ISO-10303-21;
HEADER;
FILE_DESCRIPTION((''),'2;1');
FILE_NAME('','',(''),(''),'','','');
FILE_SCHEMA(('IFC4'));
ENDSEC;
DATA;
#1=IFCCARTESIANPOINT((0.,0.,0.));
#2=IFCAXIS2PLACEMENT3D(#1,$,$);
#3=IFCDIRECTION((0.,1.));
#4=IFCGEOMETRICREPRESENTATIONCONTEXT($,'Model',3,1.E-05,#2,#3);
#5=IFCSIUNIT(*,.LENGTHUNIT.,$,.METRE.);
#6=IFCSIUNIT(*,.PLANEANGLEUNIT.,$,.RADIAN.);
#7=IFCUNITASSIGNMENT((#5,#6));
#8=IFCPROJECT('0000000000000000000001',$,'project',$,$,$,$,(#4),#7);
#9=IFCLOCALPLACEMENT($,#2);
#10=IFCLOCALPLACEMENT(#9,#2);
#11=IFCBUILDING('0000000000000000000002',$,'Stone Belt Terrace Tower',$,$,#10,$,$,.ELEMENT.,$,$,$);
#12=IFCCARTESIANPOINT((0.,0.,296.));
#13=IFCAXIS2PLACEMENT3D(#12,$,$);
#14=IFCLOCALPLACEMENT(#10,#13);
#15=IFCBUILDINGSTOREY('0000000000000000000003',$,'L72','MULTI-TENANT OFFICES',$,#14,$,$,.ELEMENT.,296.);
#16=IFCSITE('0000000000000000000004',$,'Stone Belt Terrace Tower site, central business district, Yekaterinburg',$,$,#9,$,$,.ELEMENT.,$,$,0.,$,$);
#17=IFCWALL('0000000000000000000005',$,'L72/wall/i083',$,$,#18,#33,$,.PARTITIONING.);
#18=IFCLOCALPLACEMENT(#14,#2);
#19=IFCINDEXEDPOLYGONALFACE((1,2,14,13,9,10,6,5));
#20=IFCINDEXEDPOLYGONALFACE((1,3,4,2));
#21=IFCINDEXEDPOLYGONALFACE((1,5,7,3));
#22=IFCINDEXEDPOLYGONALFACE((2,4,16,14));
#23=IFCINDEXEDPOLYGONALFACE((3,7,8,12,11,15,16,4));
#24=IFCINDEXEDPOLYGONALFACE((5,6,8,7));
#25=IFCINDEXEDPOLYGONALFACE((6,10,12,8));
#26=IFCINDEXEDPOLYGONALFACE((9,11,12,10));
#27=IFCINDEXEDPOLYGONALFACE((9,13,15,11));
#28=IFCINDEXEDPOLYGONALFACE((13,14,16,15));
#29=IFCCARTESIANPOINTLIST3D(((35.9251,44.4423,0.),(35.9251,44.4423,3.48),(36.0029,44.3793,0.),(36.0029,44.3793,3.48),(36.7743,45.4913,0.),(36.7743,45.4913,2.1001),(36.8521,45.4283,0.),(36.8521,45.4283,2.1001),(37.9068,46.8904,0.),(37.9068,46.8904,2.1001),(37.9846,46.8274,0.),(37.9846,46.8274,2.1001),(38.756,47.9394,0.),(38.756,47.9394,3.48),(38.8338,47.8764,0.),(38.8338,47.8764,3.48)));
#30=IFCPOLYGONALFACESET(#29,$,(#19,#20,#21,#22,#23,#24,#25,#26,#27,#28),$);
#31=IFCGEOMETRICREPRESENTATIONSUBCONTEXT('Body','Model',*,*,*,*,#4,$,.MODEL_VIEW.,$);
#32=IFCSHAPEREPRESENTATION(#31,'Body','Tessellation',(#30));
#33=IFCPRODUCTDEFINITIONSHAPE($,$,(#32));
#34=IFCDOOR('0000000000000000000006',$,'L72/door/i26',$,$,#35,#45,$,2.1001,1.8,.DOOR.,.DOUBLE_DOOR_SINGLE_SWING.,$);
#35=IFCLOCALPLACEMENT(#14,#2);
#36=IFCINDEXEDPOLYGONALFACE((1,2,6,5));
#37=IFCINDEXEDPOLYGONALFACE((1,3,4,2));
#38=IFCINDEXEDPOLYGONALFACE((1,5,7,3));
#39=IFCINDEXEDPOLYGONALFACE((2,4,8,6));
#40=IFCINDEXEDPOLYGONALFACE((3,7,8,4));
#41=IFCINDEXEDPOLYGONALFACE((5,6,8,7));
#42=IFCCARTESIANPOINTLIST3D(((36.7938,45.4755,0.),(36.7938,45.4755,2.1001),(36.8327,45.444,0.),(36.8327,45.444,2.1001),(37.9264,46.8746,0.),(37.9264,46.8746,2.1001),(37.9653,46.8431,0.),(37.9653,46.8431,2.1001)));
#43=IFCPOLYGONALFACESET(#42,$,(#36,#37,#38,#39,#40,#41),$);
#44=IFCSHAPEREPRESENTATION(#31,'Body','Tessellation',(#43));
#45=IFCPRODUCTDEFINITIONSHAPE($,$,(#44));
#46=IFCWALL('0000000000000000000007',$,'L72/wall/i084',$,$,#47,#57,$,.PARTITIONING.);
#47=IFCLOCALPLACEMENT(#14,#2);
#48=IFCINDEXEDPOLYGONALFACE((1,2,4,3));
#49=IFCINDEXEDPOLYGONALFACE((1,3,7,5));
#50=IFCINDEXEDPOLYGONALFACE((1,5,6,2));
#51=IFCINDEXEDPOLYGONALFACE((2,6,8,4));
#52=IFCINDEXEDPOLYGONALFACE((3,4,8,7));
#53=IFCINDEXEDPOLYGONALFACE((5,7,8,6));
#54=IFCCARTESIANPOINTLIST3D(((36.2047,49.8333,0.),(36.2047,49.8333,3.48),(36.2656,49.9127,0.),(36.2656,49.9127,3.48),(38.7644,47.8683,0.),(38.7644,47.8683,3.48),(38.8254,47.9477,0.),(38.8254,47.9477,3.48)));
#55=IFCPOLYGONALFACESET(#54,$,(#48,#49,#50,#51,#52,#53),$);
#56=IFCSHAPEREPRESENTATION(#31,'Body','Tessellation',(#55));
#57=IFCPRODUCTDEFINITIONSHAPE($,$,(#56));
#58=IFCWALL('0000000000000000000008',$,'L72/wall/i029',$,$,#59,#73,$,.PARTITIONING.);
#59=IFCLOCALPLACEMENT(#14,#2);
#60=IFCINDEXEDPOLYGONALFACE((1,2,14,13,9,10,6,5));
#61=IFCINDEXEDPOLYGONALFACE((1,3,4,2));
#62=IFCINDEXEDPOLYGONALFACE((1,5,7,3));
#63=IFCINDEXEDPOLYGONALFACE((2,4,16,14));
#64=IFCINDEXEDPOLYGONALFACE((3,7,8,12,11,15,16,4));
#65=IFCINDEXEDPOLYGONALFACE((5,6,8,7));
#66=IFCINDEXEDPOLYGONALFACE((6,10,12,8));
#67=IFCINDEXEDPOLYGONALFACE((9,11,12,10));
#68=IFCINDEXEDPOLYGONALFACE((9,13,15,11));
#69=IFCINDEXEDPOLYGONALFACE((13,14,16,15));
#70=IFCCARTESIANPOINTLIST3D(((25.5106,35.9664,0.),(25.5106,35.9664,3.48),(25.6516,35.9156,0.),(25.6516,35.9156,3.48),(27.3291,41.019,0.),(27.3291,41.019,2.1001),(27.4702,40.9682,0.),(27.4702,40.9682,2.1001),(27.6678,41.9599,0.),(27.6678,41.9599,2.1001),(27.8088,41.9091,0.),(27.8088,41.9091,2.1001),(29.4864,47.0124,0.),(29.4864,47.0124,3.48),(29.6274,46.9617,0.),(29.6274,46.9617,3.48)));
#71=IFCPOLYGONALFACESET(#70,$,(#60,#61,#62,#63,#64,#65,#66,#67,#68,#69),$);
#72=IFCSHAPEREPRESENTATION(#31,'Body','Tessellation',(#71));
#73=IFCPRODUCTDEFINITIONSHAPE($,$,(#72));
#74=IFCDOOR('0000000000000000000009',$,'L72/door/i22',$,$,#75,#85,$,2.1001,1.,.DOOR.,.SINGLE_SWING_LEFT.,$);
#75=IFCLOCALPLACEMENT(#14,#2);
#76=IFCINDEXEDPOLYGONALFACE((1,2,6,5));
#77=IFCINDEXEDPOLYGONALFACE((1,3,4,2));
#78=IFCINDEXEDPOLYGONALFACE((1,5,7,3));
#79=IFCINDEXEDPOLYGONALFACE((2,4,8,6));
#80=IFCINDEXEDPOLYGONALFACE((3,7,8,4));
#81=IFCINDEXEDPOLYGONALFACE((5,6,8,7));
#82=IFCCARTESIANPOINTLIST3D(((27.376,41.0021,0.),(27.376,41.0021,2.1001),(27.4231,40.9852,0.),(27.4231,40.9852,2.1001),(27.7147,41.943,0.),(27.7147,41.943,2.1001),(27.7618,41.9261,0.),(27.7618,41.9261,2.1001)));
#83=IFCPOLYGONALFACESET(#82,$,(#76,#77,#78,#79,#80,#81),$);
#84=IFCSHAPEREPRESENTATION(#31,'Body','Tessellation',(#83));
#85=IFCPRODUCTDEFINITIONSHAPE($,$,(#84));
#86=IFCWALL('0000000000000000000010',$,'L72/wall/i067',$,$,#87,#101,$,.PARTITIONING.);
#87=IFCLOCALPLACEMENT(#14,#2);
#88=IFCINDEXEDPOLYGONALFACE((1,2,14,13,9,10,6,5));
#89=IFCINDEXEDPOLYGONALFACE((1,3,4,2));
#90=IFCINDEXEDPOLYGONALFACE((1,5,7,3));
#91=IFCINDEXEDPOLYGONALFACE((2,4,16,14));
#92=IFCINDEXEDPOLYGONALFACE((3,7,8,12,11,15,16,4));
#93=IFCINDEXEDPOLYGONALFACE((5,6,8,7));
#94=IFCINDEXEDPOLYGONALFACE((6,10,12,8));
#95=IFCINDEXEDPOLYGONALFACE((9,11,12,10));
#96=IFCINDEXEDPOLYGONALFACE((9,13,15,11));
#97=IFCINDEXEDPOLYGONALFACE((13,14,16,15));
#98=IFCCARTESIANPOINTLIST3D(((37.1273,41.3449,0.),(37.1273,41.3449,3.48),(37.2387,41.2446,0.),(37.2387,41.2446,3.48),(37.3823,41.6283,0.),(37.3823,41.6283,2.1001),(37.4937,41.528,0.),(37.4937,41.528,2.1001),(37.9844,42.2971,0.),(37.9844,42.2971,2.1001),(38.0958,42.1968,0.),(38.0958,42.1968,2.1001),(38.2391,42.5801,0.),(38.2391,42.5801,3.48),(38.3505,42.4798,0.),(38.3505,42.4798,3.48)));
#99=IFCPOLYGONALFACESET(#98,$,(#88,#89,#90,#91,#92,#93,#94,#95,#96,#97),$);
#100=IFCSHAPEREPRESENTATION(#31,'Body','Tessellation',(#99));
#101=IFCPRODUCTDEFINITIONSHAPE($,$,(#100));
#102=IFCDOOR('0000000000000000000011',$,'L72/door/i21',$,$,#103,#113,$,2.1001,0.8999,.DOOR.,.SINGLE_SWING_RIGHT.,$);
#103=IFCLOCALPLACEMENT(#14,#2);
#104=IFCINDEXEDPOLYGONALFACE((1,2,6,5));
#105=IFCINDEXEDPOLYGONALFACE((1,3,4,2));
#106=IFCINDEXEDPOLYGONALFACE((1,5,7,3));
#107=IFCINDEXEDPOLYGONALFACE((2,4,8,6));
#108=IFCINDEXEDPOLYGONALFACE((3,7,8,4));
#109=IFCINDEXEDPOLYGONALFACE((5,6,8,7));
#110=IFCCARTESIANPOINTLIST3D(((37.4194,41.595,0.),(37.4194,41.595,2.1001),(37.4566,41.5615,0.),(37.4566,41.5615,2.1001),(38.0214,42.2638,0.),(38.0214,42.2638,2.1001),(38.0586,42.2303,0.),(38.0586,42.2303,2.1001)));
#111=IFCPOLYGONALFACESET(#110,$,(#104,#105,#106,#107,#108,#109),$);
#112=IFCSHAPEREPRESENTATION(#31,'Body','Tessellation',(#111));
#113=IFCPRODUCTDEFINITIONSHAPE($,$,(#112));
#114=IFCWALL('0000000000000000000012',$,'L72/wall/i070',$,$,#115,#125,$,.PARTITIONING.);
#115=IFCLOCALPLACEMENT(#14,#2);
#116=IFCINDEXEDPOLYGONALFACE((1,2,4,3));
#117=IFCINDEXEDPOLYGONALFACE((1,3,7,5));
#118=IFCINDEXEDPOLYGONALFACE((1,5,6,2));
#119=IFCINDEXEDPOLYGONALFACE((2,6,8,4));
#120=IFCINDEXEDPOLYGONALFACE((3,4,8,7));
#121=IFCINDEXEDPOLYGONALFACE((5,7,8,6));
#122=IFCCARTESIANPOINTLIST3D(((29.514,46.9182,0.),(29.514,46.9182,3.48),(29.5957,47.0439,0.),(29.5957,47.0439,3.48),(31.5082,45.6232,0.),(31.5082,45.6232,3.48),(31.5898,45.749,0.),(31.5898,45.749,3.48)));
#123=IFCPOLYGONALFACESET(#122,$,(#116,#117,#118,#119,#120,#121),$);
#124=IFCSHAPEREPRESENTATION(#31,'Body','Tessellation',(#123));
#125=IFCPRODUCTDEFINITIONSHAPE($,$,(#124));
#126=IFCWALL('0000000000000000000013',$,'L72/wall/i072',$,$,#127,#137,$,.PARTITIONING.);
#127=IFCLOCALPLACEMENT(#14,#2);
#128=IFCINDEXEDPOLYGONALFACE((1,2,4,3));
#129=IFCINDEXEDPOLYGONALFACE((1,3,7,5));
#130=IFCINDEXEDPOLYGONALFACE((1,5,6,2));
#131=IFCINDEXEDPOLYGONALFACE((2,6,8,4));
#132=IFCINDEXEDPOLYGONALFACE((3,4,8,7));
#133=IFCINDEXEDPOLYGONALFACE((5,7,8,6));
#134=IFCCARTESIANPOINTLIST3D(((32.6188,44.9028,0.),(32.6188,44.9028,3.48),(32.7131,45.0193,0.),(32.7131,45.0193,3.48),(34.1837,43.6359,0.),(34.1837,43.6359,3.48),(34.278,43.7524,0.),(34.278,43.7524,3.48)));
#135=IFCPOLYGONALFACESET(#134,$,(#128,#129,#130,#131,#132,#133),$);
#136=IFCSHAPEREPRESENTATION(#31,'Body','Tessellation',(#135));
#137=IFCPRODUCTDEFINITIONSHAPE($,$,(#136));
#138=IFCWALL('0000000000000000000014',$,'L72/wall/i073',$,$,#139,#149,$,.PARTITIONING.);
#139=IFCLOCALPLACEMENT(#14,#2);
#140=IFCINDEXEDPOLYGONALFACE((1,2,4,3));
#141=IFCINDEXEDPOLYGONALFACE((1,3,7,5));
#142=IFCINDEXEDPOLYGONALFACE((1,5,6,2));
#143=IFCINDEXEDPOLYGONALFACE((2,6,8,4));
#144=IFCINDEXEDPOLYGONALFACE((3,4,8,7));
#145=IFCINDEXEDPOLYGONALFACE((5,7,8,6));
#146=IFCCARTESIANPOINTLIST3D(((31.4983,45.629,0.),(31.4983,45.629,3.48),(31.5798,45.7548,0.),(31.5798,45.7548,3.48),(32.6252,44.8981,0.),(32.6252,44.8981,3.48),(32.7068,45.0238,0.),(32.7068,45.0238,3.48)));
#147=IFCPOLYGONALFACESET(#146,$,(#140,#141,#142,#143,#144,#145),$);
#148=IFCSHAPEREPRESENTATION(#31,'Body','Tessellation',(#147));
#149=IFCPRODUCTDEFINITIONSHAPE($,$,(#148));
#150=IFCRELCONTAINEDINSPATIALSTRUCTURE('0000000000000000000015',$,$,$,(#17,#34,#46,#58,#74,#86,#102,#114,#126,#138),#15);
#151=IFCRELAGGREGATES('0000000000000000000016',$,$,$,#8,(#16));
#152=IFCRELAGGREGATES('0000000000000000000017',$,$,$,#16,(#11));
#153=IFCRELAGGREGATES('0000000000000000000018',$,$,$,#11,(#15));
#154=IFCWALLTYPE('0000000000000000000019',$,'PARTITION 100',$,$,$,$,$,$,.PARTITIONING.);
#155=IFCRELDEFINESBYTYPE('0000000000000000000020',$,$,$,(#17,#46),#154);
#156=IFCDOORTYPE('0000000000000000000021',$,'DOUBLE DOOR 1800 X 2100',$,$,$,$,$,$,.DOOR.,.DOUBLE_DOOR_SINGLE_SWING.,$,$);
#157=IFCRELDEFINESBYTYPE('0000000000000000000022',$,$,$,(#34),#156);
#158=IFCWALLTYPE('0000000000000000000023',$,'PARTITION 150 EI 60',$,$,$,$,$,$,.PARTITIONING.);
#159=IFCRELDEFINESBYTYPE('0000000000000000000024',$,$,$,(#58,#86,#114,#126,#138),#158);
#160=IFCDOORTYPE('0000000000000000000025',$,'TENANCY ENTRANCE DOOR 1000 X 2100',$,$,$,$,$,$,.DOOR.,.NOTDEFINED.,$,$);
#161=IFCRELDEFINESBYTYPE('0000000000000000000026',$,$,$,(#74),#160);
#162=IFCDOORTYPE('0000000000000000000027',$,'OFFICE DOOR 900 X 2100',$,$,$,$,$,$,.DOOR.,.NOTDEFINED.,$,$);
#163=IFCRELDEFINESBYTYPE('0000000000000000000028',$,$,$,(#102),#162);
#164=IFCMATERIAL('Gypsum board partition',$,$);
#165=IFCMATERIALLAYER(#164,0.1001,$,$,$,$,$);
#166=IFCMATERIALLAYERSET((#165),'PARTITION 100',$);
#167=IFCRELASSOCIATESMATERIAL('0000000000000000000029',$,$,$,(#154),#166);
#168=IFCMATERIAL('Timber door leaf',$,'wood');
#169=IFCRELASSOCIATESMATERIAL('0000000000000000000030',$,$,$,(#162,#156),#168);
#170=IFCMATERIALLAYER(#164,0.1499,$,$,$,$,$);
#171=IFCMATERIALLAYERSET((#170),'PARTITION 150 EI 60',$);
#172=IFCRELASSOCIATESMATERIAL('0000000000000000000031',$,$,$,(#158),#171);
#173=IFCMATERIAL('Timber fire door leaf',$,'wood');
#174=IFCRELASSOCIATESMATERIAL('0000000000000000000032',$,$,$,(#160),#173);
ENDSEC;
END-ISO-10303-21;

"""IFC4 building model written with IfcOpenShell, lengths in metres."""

from ifc_helpers import new_model, si_unit, direction, frame, frame_2d, origin, place, context, subcontext, project, spatial, rectangle, extrude, material, layer, layer_set, type_object, element, fill, save


model = new_model("IFC4")

# Units and contexts
model_context = context("Model", 3, precision=1e-05, world=origin(), true_north=direction((0.0, 1.0)))
body_context = subcontext(model_context, "Body", "Model", "MODEL_VIEW")
ifc_project = project(units=[si_unit("LENGTHUNIT", "METRE"), si_unit("PLANEANGLEUNIT", "RADIAN")], contexts=[model_context])

# Site, building, storey
site_placement = place(None, origin())
site = spatial("IfcSite", under=ifc_project, at=site_placement, Name="Stone Belt Terrace Tower site, central business district, Yekaterinburg", CompositionType="ELEMENT", RefElevation=0.0)
building_placement = place(site_placement, origin())
building = spatial("IfcBuilding", under=site, at=building_placement, Name="Stone Belt Terrace Tower", CompositionType="ELEMENT")
storey_placement = place(building_placement, frame((0.0, 0.0, 296.0)))
storey = spatial("IfcBuildingStorey", under=building, at=storey_placement, Name="L72", Description="MULTI-TENANT OFFICES", CompositionType="ELEMENT", Elevation=296.0)

# Shared definitions
ifc_material_1 = material(Name="Timber door leaf", Category="wood")
ifc_material_2 = material(Name="Gypsum board partition")
ifc_layer_1 = layer(ifc_material_2, 0.1001)
ifc_layer_set_1 = layer_set([ifc_layer_1], Name="PARTITION 100")
wall_type_1 = type_object("IfcWallType", Name="PARTITION 100", PredefinedType="PARTITIONING", material=ifc_layer_set_1)
door_type_1 = type_object("IfcDoorType", Name="OFFICE DOOR 900 X 2100", OperationType="NOTDEFINED", PredefinedType="DOOR", material=ifc_material_1)

# Wall, opening, door
wall_1_placement = place(storey_placement, frame((35.9641, 44.4109, 0.0), z_axis=(0.0, 0.0, 1.0), x_axis=(0.629178, 0.777261, 0.0)))
wall_1 = element("IfcWall", 1, at=wall_1_placement, inside=storey, type_object=wall_type_1, Name="L72/wall/i083", PredefinedType="PARTITIONING", context=body_context, shape_type="SweptSolid", body=[
    extrude(rectangle(XDim=4.4993, YDim=0.1001, at=frame_2d((2.2495, 0.0))), origin(), (0.0, 0.0, 1.0), 3.48),
])
opening_1_placement = place(wall_1_placement, frame((1.3496, 0.0, 0.0)))
opening_1 = element("IfcOpeningElement", 2, at=opening_1_placement, cuts=wall_1, PredefinedType="OPENING", context=body_context, shape_type="SweptSolid", body=[
    extrude(rectangle(XDim=1.8, YDim=2.1001, at=frame_2d((0.8999, 1.05))), frame((0.0, 0.0601, 0.0), z_axis=(0.0, -1.0, 0.0), x_axis=(1.0, 0.0, 0.0)), (0.0, 0.0, 1.0), 0.1201),
])
door_type_2 = type_object("IfcDoorType", Name="DOUBLE DOOR 1800 X 2100", OperationType="DOUBLE_DOOR_SINGLE_SWING", PredefinedType="DOOR", material=ifc_material_1)
door_1_placement = place(opening_1_placement, origin())
door_1 = element("IfcDoor", 3, at=door_1_placement, inside=storey, type_object=door_type_2, Name="L72/door/i26", OperationType="DOUBLE_DOOR_SINGLE_SWING", OverallHeight=2.1001, OverallWidth=1.8, PredefinedType="DOOR", context=body_context, shape_type="SweptSolid", body=[
    extrude(rectangle(XDim=1.8, YDim=2.1001, at=frame_2d((0.8999, 1.05))), frame((0.0, 0.0249, 0.0), z_axis=(0.0, -1.0, 0.0), x_axis=(1.0, 0.0, 0.0)), (0.0, 0.0, 1.0), 0.05),
])
fill(opening_1, door_1)

# Wall
wall_2_placement = place(storey_placement, frame((38.7949, 47.908, 0.0), z_axis=(0.0, 0.0, 1.0), x_axis=(-0.793223, 0.608932, 0.0)))
element("IfcWall", 4, at=wall_2_placement, inside=storey, type_object=wall_type_1, Name="L72/wall/i084", PredefinedType="PARTITIONING", context=body_context, shape_type="SweptSolid", body=[
    extrude(rectangle(XDim=3.2271, YDim=0.1001, at=frame_2d((1.6135, 0.0))), origin(), (0.0, 0.0, 1.0), 3.48),
])

# Walls, openings, doors
ifc_layer_2 = layer(ifc_material_2, 0.1499)
ifc_layer_set_2 = layer_set([ifc_layer_2], Name="PARTITION 150 EI 60")
wall_type_2 = type_object("IfcWallType", Name="PARTITION 150 EI 60", PredefinedType="PARTITIONING", material=ifc_layer_set_2)
wall_3_placement = place(storey_placement, frame((29.5569, 46.9871, 0.0), z_axis=(0.0, 0.0, 1.0), x_axis=(-0.338661, -0.940909, 0.0)))
wall_3 = element("IfcWall", 5, at=wall_3_placement, inside=storey, type_object=wall_type_2, Name="L72/wall/i029", PredefinedType="PARTITIONING", context=body_context, shape_type="SweptSolid", body=[
    extrude(rectangle(XDim=11.7397, YDim=0.1499, at=frame_2d((5.8699, 0.0))), origin(), (0.0, 0.0, 1.0), 3.48),
])
opening_2_placement = place(wall_3_placement, frame((5.3699, 0.0, 0.0)))
opening_2 = element("IfcOpeningElement", 6, at=opening_2_placement, cuts=wall_3, PredefinedType="OPENING", context=body_context, shape_type="SweptSolid", body=[
    extrude(rectangle(XDim=1.0, YDim=2.1001, at=frame_2d((0.5, 1.05))), frame((0.0, 0.085, 0.0), z_axis=(0.0, -1.0, 0.0), x_axis=(1.0, 0.0, 0.0)), (0.0, 0.0, 1.0), 0.1699),
])
ifc_material_3 = material(Name="Timber fire door leaf", Category="wood")
door_type_3 = type_object("IfcDoorType", Name="TENANCY ENTRANCE DOOR 1000 X 2100", OperationType="NOTDEFINED", PredefinedType="DOOR", material=ifc_material_3)
door_2_placement = place(opening_2_placement, origin())
door_2 = element("IfcDoor", 7, at=door_2_placement, inside=storey, type_object=door_type_3, Name="L72/door/i22", OperationType="SINGLE_SWING_LEFT", OverallHeight=2.1001, OverallWidth=1.0, PredefinedType="DOOR", context=body_context, shape_type="SweptSolid", body=[
    extrude(rectangle(XDim=1.0, YDim=2.1001, at=frame_2d((0.5, 1.05))), frame((0.0, 0.0249, 0.0), z_axis=(0.0, -1.0, 0.0), x_axis=(1.0, 0.0, 0.0)), (0.0, 0.0, 1.0), 0.05),
])
fill(opening_2, door_2)
wall_4_placement = place(storey_placement, frame((38.2949, 42.53, 0.0), z_axis=(0.0, 0.0, 1.0), x_axis=(-0.669038, -0.743228, 0.0)))
wall_4 = element("IfcWall", 8, at=wall_4_placement, inside=storey, type_object=wall_type_2, Name="L72/wall/i067", PredefinedType="PARTITIONING", context=body_context, shape_type="SweptSolid", body=[
    extrude(rectangle(XDim=1.6619, YDim=0.1499, at=frame_2d((0.8311, 0.0))), origin(), (0.0, 0.0, 1.0), 3.48),
])
opening_3_placement = place(wall_4_placement, frame((0.3809, 0.0, 0.0)))
opening_3 = element("IfcOpeningElement", 9, at=opening_3_placement, cuts=wall_4, PredefinedType="OPENING", context=body_context, shape_type="SweptSolid", body=[
    extrude(rectangle(XDim=0.8999, YDim=2.1001, at=frame_2d((0.45, 1.05))), frame((0.0, 0.085, 0.0), z_axis=(0.0, -1.0, 0.0), x_axis=(1.0, 0.0, 0.0)), (0.0, 0.0, 1.0), 0.1699),
])
door_3_placement = place(opening_3_placement, origin())
door_3 = element("IfcDoor", 10, at=door_3_placement, inside=storey, type_object=door_type_1, Name="L72/door/i21", OperationType="SINGLE_SWING_RIGHT", OverallHeight=2.1001, OverallWidth=0.8999, PredefinedType="DOOR", context=body_context, shape_type="SweptSolid", body=[
    extrude(rectangle(XDim=0.8999, YDim=2.1001, at=frame_2d((0.45, 1.05))), frame((0.0, 0.0249, 0.0), z_axis=(0.0, -1.0, 0.0), x_axis=(1.0, 0.0, 0.0)), (0.0, 0.0, 1.0), 0.05),
])
fill(opening_3, door_3)

# Walls
wall_5_placement = place(storey_placement, frame((31.5491, 45.686, 0.0), z_axis=(0.0, 0.0, 1.0), x_axis=(-0.838688, 0.544613, 0.0)))
element("IfcWall", 11, at=wall_5_placement, inside=storey, type_object=wall_type_2, Name="L72/wall/i070", PredefinedType="PARTITIONING", context=body_context, shape_type="SweptSolid", body=[
    extrude(rectangle(XDim=2.3777, YDim=0.1499, at=frame_2d((1.189, 0.0))), origin(), (0.0, 0.0, 1.0), 3.48),
])
wall_6_placement = place(storey_placement, frame((34.231, 43.6941, 0.0), z_axis=(0.0, 0.0, 1.0), x_axis=(-0.777248, 0.629195, 0.0)))
element("IfcWall", 12, at=wall_6_placement, inside=storey, type_object=wall_type_2, Name="L72/wall/i072", PredefinedType="PARTITIONING", context=body_context, shape_type="SweptSolid", body=[
    extrude(rectangle(XDim=2.0134, YDim=0.1499, at=frame_2d((1.0068, 0.0))), origin(), (0.0, 0.0, 1.0), 3.48),
])
wall_7_placement = place(storey_placement, frame((32.666, 44.9609, 0.0), z_axis=(0.0, 0.0, 1.0), x_axis=(-0.838975, 0.54417, 0.0)))
element("IfcWall", 13, at=wall_7_placement, inside=storey, type_object=wall_type_2, Name="L72/wall/i073", PredefinedType="PARTITIONING", context=body_context, shape_type="SweptSolid", body=[
    extrude(rectangle(XDim=1.3433, YDim=0.1499, at=frame_2d((0.6716, 0.0))), origin(), (0.0, 0.0, 1.0), 3.48),
])

save(model, "model.ifc")
